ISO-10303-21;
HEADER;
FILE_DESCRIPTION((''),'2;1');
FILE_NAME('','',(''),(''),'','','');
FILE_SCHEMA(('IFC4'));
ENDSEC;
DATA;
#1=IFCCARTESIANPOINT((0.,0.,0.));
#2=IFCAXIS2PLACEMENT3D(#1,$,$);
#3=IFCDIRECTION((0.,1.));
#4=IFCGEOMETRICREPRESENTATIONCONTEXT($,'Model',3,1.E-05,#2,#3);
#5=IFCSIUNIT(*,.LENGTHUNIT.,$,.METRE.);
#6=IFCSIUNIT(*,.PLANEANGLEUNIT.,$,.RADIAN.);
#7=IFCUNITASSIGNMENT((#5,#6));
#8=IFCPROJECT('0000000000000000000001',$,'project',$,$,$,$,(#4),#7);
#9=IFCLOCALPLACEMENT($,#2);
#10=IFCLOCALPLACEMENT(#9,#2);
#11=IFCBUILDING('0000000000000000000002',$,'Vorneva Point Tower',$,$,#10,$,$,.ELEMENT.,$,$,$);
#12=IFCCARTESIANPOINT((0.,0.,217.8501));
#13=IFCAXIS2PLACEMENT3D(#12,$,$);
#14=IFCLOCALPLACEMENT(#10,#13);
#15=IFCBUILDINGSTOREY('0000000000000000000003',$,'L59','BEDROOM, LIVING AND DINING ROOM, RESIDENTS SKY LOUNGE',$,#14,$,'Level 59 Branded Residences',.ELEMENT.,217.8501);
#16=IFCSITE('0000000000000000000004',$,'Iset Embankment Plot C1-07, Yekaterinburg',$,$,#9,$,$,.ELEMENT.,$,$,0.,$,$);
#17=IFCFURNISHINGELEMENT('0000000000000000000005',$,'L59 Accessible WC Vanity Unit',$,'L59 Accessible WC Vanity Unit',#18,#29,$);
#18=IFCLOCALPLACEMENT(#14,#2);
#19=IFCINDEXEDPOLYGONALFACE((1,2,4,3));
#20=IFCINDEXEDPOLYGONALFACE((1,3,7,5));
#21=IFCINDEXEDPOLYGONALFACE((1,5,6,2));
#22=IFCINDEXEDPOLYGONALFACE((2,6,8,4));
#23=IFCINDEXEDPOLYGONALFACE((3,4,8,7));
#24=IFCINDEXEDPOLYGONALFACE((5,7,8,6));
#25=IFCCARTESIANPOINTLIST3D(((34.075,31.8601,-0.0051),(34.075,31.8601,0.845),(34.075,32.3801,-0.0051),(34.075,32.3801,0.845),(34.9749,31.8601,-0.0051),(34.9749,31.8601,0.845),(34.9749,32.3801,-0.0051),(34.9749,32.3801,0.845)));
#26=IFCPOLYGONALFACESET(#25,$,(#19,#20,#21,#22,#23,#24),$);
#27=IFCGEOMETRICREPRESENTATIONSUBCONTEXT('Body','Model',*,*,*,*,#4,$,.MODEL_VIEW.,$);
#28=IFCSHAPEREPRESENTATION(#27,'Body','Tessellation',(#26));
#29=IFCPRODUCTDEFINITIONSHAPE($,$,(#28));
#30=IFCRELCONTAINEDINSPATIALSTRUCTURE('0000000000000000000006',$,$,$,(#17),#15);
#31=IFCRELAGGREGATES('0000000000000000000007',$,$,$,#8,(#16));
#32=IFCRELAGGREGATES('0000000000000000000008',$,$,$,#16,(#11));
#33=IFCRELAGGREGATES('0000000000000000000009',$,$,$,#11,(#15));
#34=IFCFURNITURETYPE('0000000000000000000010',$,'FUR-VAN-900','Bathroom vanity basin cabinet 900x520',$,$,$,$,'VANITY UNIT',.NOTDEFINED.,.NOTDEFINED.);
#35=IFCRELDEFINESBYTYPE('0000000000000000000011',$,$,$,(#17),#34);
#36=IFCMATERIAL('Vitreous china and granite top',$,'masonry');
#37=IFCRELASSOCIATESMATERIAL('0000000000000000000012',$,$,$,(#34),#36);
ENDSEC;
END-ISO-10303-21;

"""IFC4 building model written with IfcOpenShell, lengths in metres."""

from ifc_helpers import new_model, si_unit, direction, frame, origin, origin_2d, place, context, subcontext, project, spatial, rectangle, extrude, material, type_object, element, save


model = new_model("IFC4")

# Units and contexts
model_context = context("Model", 3, precision=1e-05, world=origin(), true_north=direction((0.0, 1.0)))
body_context = subcontext(model_context, "Body", "Model", "MODEL_VIEW")
ifc_project = project(units=[si_unit("LENGTHUNIT", "METRE"), si_unit("PLANEANGLEUNIT", "RADIAN")], contexts=[model_context])

# Site, building, storey
site_placement = place(None, origin())
site = spatial("IfcSite", under=ifc_project, at=site_placement, Name="Iset Embankment Plot C1-07, Yekaterinburg", CompositionType="ELEMENT", RefElevation=0.0)
building_placement = place(site_placement, origin())
building = spatial("IfcBuilding", under=site, at=building_placement, Name="Vorneva Point Tower", CompositionType="ELEMENT")
storey_placement = place(building_placement, frame((0.0, 0.0, 217.8501)))
storey = spatial("IfcBuildingStorey", under=building, at=storey_placement, Name="L59", Description="BEDROOM, LIVING AND DINING ROOM, RESIDENTS SKY LOUNGE", LongName="Level 59 Branded Residences", CompositionType="ELEMENT", Elevation=217.8501)

# Furnishing element
ifc_material_1 = material(Name="Vitreous china and granite top", Category="masonry")
furniture_type = type_object("IfcFurnitureType", Name="FUR-VAN-900", Description="Bathroom vanity basin cabinet 900x520", ElementType="VANITY UNIT", AssemblyPlace="NOTDEFINED", PredefinedType="NOTDEFINED", material=ifc_material_1)
furnishing_placement = place(storey_placement, frame((34.5249, 32.1201, -0.0051), z_axis=(0.0, 0.0, 1.0), x_axis=(1.0, 0.0, 0.0)))
element("IfcFurnishingElement", 1, at=furnishing_placement, inside=storey, type_object=furniture_type, Name="L59 Accessible WC Vanity Unit", ObjectType="L59 Accessible WC Vanity Unit", context=body_context, shape_type="SweptSolid", body=[
    extrude(rectangle(XDim=0.8999, YDim=0.52, at=origin_2d()), origin(), (0.0, 0.0, 1.0), 0.8501),
])

save(model, "model.ifc")
